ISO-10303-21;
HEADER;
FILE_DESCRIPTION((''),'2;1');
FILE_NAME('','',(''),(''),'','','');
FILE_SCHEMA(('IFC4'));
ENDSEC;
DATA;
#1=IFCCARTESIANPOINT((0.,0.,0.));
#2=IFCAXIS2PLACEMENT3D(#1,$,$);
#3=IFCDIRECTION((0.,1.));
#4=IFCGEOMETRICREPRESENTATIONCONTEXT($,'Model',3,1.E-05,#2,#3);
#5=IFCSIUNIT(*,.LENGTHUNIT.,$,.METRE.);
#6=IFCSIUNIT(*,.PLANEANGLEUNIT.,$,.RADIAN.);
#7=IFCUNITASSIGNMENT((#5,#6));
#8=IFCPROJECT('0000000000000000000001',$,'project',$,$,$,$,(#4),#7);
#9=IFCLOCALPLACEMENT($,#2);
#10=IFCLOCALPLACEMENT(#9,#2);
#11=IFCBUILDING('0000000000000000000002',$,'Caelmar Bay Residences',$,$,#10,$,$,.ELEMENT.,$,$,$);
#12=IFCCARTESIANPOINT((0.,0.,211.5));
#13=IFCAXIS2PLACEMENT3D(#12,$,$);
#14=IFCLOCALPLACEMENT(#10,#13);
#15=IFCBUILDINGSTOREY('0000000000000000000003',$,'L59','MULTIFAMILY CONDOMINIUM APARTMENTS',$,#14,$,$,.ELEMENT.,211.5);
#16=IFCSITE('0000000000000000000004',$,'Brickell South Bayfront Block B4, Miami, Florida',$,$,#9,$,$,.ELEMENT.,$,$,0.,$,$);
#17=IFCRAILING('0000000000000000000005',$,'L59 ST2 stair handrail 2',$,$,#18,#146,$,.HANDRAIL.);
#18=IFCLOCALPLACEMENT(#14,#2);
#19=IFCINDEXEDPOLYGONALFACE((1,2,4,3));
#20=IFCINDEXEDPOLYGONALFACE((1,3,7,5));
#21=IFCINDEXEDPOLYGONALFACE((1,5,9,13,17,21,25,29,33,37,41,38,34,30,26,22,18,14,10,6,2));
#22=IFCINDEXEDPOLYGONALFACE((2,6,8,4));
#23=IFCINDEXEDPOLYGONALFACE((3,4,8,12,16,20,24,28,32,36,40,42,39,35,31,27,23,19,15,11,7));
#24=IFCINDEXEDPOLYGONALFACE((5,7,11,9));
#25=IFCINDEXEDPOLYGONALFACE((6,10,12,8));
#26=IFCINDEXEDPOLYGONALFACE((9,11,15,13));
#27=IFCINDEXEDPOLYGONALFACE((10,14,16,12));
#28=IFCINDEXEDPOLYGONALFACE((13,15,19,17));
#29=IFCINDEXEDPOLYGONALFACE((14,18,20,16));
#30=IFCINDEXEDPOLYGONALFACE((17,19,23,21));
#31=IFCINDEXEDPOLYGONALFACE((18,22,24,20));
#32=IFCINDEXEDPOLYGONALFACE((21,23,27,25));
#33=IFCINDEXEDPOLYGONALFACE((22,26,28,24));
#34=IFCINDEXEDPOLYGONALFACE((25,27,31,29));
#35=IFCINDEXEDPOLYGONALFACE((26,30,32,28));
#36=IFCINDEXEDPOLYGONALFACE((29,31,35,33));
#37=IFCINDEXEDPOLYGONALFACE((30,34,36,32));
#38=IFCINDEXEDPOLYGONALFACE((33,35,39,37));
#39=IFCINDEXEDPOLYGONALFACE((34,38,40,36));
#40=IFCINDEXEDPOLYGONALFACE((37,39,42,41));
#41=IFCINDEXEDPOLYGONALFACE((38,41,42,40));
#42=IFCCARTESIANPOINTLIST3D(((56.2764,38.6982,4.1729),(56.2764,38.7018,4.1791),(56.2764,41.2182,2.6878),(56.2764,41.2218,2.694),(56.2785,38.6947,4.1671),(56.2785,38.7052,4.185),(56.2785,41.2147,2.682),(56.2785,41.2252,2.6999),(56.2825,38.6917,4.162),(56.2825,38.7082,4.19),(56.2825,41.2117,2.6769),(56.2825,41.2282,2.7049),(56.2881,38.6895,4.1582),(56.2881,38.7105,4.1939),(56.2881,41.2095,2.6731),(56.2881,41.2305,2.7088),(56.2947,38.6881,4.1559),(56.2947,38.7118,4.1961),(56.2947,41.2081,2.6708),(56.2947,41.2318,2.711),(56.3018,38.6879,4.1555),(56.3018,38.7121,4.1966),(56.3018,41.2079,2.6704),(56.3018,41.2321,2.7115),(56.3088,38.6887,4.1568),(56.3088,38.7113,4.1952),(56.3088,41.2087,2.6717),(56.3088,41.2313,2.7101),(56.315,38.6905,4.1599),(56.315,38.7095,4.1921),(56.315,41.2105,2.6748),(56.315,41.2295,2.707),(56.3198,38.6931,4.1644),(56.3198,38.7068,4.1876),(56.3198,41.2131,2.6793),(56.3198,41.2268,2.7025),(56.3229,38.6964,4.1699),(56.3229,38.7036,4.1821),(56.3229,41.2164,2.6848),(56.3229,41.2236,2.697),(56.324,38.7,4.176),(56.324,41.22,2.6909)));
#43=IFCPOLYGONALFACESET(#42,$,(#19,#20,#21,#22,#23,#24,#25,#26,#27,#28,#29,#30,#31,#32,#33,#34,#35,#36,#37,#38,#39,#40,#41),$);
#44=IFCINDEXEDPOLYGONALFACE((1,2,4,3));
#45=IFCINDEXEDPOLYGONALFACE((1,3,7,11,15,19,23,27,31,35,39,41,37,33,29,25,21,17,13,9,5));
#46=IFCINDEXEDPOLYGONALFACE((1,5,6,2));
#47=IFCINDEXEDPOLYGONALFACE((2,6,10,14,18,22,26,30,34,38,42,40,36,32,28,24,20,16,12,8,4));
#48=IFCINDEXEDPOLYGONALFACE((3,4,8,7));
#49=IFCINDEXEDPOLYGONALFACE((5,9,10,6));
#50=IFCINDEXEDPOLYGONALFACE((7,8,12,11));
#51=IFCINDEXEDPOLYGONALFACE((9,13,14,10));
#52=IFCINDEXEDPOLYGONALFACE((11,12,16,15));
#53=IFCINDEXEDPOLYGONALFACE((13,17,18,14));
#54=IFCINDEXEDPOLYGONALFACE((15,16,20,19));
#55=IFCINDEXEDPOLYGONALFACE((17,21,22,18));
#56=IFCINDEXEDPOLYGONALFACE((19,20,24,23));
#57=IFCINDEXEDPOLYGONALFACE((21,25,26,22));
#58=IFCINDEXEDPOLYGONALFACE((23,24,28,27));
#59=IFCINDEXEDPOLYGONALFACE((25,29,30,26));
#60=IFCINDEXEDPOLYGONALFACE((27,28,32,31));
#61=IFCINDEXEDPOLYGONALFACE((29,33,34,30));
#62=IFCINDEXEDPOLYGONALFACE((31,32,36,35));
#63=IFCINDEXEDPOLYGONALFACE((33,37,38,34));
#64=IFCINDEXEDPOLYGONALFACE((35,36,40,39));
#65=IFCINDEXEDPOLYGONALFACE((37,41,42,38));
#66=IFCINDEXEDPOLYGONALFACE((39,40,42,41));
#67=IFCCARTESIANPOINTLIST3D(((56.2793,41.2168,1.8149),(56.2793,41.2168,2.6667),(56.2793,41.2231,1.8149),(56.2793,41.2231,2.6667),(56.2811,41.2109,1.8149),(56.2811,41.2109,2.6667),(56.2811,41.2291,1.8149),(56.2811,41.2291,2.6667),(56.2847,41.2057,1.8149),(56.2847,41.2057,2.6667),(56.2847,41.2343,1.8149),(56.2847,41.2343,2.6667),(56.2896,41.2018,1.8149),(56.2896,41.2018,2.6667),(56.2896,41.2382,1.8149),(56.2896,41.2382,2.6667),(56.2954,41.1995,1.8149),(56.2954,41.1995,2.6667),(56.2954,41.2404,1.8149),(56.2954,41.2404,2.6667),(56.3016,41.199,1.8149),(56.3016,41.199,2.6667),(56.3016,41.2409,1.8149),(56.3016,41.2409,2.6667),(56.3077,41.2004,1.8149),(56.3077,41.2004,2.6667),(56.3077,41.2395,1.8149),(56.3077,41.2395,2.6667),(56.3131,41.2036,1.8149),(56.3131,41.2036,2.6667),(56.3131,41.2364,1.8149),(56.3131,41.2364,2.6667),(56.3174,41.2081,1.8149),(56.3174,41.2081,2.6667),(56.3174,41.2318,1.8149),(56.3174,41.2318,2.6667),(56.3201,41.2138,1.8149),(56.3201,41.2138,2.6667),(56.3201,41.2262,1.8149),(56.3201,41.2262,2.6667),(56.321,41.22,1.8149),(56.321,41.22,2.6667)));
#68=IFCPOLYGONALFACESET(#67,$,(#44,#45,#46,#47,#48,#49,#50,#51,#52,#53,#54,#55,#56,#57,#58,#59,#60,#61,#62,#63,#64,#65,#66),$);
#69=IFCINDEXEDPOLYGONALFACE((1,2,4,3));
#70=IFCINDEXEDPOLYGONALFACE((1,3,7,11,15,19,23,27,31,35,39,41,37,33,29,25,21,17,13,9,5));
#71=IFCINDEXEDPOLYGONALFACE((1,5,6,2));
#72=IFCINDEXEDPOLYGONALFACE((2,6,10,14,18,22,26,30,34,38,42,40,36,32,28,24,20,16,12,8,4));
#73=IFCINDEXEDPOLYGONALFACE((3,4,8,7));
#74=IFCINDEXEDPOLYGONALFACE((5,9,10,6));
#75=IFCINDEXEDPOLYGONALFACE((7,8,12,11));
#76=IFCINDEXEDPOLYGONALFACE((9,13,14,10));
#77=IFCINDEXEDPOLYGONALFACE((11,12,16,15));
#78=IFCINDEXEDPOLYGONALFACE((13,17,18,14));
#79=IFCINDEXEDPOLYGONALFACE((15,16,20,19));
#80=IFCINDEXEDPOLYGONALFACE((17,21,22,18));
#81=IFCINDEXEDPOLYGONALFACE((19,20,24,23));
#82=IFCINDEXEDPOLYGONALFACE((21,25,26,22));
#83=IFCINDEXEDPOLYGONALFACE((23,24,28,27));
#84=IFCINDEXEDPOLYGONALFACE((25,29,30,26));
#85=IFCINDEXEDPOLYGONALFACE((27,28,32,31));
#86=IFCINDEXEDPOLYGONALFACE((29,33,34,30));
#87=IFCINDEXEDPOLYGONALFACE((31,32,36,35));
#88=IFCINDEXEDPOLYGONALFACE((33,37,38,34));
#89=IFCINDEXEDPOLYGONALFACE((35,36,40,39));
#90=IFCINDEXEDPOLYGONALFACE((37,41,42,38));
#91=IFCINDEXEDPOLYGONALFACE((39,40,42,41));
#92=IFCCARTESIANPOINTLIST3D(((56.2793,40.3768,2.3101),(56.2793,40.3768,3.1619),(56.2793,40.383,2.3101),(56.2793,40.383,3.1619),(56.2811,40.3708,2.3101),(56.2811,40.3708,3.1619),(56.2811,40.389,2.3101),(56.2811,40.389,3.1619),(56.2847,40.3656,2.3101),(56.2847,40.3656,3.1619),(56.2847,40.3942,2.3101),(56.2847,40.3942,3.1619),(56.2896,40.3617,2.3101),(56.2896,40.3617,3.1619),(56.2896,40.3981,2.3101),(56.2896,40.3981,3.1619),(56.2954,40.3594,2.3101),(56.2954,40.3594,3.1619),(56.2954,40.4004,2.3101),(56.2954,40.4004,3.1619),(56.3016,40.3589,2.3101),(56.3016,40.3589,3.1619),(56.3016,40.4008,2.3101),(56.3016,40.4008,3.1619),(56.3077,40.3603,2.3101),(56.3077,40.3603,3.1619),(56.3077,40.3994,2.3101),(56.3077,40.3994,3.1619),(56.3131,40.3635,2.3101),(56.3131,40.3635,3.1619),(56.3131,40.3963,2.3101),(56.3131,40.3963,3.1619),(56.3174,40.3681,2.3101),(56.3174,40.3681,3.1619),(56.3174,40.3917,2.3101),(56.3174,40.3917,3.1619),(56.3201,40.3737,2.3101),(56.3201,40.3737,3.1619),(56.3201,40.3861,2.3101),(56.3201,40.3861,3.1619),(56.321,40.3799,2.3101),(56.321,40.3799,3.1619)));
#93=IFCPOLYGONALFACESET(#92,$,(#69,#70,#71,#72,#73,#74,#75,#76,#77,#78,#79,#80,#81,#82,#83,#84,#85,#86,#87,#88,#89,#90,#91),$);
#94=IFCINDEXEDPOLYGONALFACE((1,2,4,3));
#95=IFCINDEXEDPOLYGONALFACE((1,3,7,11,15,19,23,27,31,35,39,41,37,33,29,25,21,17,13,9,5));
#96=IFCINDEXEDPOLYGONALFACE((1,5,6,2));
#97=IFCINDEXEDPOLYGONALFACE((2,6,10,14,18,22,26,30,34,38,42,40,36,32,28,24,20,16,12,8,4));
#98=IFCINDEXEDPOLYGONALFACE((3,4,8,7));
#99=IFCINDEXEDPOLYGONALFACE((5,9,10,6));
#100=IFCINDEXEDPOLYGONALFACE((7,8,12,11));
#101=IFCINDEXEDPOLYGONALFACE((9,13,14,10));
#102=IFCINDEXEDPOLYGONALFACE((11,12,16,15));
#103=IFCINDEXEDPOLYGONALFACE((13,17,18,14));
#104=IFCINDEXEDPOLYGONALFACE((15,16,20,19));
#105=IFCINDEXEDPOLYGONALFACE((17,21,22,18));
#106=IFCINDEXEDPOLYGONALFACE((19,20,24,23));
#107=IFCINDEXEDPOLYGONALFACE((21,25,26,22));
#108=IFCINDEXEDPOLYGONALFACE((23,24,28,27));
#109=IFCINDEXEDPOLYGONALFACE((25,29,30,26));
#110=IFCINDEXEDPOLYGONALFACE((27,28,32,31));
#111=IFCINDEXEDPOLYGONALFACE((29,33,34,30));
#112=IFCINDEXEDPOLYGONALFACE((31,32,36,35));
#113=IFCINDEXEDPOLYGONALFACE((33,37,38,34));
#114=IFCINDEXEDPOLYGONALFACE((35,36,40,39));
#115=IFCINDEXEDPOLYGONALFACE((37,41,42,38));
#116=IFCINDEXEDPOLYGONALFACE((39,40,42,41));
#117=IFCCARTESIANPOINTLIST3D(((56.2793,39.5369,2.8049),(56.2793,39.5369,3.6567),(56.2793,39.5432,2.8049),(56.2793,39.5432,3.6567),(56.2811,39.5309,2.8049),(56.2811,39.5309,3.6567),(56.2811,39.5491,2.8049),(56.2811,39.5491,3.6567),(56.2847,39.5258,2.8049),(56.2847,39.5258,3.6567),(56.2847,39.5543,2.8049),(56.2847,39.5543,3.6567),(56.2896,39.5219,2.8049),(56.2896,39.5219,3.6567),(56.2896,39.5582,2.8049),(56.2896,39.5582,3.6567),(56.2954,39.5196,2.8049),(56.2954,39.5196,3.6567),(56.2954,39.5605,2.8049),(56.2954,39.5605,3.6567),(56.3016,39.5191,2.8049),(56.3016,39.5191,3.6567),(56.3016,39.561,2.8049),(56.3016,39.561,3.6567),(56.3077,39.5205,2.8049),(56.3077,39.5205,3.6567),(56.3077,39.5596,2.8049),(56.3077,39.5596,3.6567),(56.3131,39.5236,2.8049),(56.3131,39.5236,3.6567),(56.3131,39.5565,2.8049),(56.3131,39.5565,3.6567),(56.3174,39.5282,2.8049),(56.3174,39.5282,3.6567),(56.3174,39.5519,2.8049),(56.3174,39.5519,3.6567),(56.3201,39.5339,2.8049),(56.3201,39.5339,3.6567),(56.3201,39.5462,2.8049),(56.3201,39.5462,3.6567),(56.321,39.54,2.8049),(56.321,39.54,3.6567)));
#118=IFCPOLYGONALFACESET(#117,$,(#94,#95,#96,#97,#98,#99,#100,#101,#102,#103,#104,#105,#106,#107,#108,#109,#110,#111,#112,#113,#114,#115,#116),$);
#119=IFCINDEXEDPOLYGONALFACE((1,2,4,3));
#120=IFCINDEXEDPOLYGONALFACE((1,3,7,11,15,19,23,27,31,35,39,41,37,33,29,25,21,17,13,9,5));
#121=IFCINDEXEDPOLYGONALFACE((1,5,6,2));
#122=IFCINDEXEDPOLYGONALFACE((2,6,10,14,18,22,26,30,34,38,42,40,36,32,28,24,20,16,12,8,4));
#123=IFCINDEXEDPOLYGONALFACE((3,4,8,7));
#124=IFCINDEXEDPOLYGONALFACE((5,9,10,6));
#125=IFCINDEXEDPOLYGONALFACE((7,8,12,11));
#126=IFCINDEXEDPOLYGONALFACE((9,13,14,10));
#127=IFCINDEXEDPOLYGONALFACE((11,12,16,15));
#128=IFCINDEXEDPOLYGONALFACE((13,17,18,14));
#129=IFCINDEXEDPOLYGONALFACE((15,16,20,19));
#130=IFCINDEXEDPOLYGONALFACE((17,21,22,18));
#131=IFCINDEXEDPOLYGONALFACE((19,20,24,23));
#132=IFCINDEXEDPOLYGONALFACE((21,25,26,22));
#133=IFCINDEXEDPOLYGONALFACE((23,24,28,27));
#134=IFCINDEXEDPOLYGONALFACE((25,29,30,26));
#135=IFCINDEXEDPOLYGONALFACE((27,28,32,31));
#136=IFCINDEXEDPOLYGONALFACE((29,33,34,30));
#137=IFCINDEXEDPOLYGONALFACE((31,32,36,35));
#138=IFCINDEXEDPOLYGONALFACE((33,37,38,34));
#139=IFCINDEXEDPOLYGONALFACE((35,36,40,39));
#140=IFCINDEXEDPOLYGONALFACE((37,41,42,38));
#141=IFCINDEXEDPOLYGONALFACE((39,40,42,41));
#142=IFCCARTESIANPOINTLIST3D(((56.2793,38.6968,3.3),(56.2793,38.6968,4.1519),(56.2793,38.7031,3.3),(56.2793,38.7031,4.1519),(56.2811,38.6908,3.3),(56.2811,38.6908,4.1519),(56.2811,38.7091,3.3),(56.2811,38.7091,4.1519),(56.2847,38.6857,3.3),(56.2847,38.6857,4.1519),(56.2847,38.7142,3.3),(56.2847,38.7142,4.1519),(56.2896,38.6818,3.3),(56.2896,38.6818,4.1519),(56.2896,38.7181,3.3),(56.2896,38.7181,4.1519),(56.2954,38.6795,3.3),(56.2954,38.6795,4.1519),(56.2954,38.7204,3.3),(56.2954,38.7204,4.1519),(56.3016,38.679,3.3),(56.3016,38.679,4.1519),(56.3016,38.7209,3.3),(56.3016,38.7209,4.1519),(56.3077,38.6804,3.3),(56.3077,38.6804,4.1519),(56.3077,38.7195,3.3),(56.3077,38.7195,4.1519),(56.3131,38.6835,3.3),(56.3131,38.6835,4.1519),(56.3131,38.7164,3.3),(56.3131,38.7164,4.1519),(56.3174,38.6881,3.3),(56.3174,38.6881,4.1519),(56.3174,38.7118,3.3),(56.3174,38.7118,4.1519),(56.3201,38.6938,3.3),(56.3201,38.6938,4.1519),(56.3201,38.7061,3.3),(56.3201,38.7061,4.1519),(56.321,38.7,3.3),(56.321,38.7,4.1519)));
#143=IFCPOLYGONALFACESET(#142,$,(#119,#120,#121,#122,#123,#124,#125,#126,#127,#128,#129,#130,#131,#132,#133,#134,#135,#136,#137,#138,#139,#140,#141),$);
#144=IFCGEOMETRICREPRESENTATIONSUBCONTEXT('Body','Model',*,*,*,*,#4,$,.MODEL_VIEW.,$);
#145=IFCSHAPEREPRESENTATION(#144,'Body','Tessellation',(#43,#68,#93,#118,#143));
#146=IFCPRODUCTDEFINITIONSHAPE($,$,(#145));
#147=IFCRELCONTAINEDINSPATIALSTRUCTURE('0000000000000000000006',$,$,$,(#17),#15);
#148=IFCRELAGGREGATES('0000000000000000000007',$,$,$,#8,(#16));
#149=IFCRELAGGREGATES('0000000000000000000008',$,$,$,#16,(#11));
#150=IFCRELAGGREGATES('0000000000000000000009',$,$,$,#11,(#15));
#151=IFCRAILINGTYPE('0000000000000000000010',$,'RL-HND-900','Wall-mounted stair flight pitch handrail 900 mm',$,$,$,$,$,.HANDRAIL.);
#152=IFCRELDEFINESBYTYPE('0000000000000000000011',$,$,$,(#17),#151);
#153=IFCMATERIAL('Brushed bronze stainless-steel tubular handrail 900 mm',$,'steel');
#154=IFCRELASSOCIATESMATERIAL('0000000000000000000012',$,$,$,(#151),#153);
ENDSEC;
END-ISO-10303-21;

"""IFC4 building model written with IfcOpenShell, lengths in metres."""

from ifc_helpers import new_model, si_unit, direction, frame, origin, origin_2d, place, context, subcontext, project, spatial, circle, extrude, material, type_object, element, save


model = new_model("IFC4")

# Units and contexts
model_context = context("Model", 3, precision=1e-05, world=origin(), true_north=direction((0.0, 1.0)))
body_context = subcontext(model_context, "Body", "Model", "MODEL_VIEW")
ifc_project = project(units=[si_unit("LENGTHUNIT", "METRE"), si_unit("PLANEANGLEUNIT", "RADIAN")], contexts=[model_context])

# Site, building, storey
site_placement = place(None, origin())
site = spatial("IfcSite", under=ifc_project, at=site_placement, Name="Brickell South Bayfront Block B4, Miami, Florida", CompositionType="ELEMENT", RefElevation=0.0)
building_placement = place(site_placement, origin())
building = spatial("IfcBuilding", under=site, at=building_placement, Name="Caelmar Bay Residences", CompositionType="ELEMENT")
storey_placement = place(building_placement, frame((0.0, 0.0, 211.5)))
storey = spatial("IfcBuildingStorey", under=building, at=storey_placement, Name="L59", Description="MULTIFAMILY CONDOMINIUM APARTMENTS", CompositionType="ELEMENT", Elevation=211.5)

# Railing
ifc_material_1 = material(Name="Brushed bronze stainless-steel tubular handrail 900 mm", Category="steel")
railing_type_1 = type_object("IfcRailingType", Name="RL-HND-900", Description="Wall-mounted stair flight pitch handrail 900 mm", PredefinedType="HANDRAIL", material=ifc_material_1)
railing_1_placement = place(storey_placement, frame((56.3, 41.22, 1.8149)))
element("IfcRailing", 1, at=railing_1_placement, inside=storey, type_object=railing_type_1, Name="L59 ST2 stair handrail 2", PredefinedType="HANDRAIL", context=body_context, shape_type="SweptSolid", body=[
    extrude(circle(Radius=0.0239, at=origin_2d()), frame((0.0, 0.0, 0.876), z_axis=(0.0, -0.861524, 0.507717), x_axis=(1.0, 0.0, 0.0)), (0.0, 0.0, 1.0), 2.925),
    extrude(circle(Radius=0.021, at=origin_2d()), origin(), (0.0, 0.0, 1.0), 0.8518),
    extrude(circle(Radius=0.021, at=origin_2d()), frame((0.0, -0.8401, 0.4951)), (0.0, 0.0, 1.0), 0.8518),
    extrude(circle(Radius=0.021, at=origin_2d()), frame((0.0, -1.6799, 0.99)), (0.0, 0.0, 1.0), 0.8518),
    extrude(circle(Radius=0.021, at=origin_2d()), frame((0.0, -2.52, 1.4851)), (0.0, 0.0, 1.0), 0.8518),
])

save(model, "model.ifc")
